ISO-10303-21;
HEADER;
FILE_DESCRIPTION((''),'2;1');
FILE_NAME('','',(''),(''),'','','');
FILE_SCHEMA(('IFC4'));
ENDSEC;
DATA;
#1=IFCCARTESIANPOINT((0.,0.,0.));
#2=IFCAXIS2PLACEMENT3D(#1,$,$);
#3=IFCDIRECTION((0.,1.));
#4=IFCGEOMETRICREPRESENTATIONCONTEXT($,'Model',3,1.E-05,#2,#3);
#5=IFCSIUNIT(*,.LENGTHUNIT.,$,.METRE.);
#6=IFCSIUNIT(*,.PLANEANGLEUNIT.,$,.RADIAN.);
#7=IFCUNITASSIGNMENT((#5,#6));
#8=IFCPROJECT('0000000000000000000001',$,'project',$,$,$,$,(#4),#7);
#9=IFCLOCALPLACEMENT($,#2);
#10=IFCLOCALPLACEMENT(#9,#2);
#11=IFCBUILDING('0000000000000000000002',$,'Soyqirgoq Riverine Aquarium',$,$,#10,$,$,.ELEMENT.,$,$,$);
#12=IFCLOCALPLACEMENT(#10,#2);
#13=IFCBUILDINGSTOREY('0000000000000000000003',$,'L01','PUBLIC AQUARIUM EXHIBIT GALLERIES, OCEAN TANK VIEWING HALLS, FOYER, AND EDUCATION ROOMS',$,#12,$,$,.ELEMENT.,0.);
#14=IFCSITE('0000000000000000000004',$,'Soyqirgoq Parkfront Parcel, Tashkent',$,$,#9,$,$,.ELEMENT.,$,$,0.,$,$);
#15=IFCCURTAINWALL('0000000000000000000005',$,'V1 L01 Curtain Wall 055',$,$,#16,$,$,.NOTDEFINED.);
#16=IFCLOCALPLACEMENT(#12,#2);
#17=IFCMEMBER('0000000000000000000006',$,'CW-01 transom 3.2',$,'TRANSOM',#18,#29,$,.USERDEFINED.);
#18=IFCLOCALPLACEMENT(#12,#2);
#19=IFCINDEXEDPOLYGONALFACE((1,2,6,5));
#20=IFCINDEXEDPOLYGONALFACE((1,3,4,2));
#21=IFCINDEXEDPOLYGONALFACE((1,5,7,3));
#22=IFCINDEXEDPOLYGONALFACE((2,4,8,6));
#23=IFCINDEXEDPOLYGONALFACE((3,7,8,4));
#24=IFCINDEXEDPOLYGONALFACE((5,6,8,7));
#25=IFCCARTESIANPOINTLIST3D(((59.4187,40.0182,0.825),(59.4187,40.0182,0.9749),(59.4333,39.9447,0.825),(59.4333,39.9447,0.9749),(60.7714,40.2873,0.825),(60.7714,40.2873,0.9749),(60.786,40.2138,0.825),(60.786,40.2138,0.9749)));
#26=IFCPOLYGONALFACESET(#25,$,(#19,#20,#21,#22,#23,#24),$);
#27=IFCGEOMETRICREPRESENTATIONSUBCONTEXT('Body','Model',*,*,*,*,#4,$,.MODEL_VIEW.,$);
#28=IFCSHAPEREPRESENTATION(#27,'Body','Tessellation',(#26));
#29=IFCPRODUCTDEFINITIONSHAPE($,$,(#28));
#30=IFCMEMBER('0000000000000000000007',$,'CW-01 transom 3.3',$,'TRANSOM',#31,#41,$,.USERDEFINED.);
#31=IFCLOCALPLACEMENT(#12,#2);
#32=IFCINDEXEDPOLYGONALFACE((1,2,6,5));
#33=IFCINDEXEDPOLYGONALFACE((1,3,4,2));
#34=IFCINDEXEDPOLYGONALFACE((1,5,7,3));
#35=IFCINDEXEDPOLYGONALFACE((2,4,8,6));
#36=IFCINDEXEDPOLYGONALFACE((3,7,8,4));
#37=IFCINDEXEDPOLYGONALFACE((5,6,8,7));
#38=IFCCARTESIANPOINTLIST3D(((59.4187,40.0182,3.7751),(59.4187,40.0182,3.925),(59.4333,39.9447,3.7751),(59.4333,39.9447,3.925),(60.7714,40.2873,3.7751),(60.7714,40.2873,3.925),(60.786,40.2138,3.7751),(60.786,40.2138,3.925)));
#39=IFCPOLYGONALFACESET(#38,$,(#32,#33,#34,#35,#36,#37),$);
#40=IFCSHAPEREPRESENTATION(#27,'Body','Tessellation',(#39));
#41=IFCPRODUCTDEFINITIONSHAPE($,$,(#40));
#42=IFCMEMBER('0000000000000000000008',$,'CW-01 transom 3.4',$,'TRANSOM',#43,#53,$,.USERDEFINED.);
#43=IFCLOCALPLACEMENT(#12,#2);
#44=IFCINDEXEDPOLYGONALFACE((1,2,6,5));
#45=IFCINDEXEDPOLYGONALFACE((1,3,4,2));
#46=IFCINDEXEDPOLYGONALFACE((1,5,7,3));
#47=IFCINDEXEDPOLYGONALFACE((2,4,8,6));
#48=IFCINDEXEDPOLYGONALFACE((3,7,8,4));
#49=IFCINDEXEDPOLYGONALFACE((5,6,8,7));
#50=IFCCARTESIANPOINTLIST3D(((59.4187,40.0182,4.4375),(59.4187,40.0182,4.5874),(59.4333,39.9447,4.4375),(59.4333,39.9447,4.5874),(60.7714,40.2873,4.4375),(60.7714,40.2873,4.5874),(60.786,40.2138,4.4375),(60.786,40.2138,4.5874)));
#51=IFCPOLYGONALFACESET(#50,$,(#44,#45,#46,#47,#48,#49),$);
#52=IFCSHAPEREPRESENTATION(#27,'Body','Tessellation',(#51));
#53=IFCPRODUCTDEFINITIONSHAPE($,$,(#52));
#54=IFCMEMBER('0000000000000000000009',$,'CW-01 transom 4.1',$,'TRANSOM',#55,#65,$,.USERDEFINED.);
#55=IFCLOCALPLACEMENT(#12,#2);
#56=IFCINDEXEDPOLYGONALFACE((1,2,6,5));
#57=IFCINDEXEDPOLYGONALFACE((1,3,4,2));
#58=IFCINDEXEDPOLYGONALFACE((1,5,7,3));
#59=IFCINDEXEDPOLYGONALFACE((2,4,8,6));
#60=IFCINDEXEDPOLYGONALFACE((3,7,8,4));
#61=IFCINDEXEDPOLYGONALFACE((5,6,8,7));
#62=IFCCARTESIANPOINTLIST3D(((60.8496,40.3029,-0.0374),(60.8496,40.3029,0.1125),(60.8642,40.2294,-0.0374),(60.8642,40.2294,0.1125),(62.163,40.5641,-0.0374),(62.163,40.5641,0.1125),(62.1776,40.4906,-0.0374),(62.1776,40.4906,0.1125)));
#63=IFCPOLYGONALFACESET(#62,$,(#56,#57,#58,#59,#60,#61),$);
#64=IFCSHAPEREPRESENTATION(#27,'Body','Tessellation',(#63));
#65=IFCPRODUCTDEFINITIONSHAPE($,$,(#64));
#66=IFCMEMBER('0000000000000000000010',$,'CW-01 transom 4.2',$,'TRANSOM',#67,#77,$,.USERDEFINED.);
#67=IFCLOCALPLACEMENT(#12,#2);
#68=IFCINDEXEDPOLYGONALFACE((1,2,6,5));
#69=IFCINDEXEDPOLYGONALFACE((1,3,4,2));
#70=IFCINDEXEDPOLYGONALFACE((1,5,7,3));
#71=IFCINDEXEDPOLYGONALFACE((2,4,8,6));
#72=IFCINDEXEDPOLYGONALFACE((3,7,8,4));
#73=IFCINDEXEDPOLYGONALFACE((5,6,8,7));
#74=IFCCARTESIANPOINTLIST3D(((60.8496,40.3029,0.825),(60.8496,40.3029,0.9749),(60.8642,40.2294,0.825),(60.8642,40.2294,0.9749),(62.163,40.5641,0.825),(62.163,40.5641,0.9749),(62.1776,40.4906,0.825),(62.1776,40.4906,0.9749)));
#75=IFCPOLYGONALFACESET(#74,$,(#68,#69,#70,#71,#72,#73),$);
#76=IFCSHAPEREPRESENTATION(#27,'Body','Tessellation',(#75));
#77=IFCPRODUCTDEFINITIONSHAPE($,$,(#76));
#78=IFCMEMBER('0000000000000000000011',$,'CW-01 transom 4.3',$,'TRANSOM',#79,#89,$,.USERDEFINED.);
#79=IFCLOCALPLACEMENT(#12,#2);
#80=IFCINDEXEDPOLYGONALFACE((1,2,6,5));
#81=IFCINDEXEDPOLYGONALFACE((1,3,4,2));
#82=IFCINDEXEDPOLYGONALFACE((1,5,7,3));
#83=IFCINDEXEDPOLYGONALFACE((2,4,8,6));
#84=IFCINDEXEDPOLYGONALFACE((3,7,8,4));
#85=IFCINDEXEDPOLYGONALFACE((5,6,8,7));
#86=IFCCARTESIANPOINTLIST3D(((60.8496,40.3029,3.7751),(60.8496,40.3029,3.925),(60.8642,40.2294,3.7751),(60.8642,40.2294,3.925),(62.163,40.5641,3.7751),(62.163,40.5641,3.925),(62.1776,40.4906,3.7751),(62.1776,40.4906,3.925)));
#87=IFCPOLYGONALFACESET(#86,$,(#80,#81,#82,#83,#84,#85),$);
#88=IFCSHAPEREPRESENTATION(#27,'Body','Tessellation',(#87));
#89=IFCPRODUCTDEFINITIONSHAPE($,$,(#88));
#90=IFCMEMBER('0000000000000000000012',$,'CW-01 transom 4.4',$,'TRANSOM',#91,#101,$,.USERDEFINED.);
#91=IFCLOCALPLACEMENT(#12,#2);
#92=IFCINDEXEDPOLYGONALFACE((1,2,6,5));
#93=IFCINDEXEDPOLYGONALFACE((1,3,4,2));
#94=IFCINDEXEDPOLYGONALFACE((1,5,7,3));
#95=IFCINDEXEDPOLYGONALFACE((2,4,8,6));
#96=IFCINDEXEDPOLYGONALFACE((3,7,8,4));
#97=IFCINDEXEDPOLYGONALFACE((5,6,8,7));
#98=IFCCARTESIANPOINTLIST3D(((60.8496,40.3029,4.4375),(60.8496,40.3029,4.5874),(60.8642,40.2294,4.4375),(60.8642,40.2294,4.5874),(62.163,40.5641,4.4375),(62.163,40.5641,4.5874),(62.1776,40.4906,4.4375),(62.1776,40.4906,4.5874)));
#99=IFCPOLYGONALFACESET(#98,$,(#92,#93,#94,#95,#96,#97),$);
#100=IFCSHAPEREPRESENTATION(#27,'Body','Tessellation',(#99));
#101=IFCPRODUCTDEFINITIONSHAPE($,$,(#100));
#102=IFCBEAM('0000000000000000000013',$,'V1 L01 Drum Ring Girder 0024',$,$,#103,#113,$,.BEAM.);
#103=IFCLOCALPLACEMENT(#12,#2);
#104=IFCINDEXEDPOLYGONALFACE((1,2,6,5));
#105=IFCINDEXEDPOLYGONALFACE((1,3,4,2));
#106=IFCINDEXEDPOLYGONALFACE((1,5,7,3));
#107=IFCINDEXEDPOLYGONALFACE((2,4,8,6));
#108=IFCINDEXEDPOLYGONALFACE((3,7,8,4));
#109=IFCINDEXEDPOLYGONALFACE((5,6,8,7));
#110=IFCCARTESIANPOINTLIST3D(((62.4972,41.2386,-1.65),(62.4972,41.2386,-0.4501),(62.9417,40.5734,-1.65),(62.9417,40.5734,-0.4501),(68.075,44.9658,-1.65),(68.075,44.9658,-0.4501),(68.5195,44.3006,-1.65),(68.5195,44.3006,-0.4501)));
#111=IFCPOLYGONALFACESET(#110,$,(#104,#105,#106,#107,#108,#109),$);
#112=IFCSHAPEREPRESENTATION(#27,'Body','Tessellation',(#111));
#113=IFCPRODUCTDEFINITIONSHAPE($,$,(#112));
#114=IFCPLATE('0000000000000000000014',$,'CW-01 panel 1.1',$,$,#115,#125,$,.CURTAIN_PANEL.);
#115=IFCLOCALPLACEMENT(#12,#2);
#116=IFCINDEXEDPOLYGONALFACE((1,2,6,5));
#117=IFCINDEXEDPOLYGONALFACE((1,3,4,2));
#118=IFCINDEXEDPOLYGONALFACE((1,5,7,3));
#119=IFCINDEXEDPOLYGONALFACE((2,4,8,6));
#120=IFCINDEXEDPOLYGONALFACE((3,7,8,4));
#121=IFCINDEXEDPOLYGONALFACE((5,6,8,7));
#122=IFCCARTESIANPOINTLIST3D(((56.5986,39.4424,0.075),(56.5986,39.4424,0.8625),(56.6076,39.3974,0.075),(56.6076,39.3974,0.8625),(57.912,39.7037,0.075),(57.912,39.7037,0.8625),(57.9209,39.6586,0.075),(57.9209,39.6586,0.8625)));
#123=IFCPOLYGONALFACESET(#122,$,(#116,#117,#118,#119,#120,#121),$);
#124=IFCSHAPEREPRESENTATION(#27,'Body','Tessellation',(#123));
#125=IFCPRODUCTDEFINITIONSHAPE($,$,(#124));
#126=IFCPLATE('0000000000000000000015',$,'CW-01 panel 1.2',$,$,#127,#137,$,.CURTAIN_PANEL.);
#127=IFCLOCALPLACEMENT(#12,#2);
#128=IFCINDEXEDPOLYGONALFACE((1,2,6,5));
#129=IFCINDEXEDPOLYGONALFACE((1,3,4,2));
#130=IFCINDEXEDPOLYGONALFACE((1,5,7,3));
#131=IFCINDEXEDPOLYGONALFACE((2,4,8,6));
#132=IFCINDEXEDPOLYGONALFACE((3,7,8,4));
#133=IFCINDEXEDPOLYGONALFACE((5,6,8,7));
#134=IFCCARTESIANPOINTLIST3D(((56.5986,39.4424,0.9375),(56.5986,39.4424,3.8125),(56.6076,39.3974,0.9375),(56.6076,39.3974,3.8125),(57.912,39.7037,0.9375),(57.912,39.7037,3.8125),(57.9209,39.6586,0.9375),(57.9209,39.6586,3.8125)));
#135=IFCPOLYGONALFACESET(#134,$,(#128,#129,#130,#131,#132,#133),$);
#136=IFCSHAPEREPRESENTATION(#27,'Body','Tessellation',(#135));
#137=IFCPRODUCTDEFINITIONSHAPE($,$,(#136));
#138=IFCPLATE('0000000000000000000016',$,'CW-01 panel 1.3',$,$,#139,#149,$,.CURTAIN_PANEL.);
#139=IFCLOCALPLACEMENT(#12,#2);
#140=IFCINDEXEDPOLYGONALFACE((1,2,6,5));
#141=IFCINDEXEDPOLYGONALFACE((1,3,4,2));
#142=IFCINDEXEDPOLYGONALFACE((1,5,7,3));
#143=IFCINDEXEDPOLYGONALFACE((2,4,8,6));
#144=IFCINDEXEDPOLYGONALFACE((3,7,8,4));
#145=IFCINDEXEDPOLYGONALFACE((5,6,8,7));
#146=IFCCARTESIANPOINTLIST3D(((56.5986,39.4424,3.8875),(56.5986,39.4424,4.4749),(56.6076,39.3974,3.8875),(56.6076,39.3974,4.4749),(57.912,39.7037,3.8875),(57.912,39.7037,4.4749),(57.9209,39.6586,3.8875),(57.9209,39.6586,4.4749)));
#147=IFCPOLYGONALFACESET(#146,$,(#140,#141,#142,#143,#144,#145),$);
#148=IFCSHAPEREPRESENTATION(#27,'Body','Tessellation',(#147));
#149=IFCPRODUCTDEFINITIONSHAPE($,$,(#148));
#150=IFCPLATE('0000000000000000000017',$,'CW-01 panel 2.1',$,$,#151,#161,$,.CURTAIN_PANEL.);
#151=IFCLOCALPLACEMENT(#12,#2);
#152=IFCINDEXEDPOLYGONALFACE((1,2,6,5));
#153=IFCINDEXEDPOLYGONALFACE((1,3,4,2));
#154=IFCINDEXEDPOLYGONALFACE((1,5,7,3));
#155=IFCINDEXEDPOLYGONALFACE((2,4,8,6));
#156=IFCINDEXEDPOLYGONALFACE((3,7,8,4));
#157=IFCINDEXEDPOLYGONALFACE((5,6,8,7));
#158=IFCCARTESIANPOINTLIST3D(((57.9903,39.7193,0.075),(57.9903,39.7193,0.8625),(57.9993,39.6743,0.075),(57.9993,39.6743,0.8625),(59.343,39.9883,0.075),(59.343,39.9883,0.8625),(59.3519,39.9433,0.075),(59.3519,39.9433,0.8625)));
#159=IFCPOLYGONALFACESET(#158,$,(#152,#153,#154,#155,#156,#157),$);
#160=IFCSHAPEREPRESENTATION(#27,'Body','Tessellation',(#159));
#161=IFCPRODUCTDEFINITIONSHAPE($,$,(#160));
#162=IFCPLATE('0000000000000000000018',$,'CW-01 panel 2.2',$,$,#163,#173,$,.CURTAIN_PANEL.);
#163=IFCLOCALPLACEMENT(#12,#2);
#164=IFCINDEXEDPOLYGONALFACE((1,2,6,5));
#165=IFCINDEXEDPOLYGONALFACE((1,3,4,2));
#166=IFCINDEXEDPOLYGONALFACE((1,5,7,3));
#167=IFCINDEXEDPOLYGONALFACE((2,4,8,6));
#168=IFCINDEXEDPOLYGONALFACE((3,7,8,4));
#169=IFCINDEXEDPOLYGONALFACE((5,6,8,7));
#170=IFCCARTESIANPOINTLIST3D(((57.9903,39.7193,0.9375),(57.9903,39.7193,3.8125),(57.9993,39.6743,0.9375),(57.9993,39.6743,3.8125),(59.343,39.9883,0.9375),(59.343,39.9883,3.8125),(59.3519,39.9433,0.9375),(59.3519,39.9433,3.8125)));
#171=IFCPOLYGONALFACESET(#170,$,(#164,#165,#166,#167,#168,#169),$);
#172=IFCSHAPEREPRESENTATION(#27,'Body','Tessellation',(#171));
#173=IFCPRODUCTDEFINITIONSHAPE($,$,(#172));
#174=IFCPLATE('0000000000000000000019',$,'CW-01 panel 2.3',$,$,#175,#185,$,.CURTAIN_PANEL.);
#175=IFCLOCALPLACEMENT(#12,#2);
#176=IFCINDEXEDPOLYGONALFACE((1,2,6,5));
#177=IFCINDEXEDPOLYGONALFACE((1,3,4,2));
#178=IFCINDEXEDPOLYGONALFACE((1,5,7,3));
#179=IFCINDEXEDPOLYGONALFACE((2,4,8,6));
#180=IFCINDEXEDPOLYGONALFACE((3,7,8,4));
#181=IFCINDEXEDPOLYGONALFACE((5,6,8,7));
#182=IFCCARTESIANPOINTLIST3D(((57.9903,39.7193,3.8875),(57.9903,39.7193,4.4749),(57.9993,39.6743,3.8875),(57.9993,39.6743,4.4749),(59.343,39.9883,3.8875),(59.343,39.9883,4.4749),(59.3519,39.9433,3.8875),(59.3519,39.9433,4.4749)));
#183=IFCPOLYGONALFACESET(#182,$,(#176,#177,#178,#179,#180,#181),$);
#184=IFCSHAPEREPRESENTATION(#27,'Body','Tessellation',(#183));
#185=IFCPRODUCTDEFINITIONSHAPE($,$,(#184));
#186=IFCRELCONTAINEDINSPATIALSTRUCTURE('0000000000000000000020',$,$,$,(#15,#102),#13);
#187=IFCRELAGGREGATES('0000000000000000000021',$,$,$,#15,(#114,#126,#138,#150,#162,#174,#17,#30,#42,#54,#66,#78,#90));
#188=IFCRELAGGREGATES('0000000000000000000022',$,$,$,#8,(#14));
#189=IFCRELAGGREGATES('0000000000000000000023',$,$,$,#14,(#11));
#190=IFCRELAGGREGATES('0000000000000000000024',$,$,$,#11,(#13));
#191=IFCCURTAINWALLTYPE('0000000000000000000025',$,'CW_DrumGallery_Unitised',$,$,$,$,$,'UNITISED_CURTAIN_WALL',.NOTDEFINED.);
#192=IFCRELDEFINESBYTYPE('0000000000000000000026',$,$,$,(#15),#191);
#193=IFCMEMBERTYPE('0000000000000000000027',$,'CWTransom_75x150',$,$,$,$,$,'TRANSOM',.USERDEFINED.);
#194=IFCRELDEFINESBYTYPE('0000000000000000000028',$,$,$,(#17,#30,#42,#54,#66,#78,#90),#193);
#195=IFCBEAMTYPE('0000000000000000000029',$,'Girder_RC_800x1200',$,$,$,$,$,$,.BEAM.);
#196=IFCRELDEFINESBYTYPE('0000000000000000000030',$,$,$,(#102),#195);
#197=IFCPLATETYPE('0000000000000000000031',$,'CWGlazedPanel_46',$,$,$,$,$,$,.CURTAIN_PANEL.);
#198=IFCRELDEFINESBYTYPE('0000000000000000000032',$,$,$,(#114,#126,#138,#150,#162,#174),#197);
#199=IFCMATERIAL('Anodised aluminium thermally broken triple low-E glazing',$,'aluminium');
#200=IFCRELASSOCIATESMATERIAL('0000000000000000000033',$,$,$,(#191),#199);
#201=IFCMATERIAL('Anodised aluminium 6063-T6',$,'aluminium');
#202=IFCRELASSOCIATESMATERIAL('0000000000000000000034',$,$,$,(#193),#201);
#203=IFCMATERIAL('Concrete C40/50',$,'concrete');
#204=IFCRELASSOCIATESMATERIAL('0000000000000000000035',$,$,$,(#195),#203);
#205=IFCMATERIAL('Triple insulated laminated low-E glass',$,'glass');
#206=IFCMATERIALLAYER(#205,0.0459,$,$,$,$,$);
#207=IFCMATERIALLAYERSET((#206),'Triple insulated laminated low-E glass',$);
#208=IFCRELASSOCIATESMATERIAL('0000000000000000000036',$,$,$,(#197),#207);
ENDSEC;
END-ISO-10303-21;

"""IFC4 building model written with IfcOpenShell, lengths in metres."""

from ifc_helpers import new_model, si_unit, direction, frame, origin, origin_2d, place, context, subcontext, project, spatial, rectangle, extrude, material, layer, layer_set, material_profile, profile_set, type_object, element, aggregate, save


model = new_model("IFC4")

# Units and contexts
model_context = context("Model", 3, precision=1e-05, world=origin(), true_north=direction((0.0, 1.0)))
body_context = subcontext(model_context, "Body", "Model", "MODEL_VIEW")
ifc_project = project(units=[si_unit("LENGTHUNIT", "METRE"), si_unit("PLANEANGLEUNIT", "RADIAN")], contexts=[model_context])

# Site, building, storey
site_placement = place(None, origin())
site = spatial("IfcSite", under=ifc_project, at=site_placement, Name="Soyqirgoq Parkfront Parcel, Tashkent", CompositionType="ELEMENT", RefElevation=0.0)
building_placement = place(site_placement, origin())
building = spatial("IfcBuilding", under=site, at=building_placement, Name="Soyqirgoq Riverine Aquarium", CompositionType="ELEMENT")
storey_placement = place(building_placement, origin())
storey = spatial("IfcBuildingStorey", under=building, at=storey_placement, Name="L01", Description="PUBLIC AQUARIUM EXHIBIT GALLERIES, OCEAN TANK VIEWING HALLS, FOYER, AND EDUCATION ROOMS", CompositionType="ELEMENT", Elevation=0.0)

# Curtain wall, members
ifc_material_1 = material(Name="Anodised aluminium thermally broken triple low-E glazing", Category="aluminium")
curtain_wall_type = type_object("IfcCurtainWallType", Name="CW_DrumGallery_Unitised", ElementType="UNITISED_CURTAIN_WALL", PredefinedType="NOTDEFINED", material=ifc_material_1)
curtain_wall_placement = place(storey_placement, origin())
curtain_wall = element("IfcCurtainWall", 1, at=curtain_wall_placement, inside=storey, type_object=curtain_wall_type, Name="V1 L01 Curtain Wall 055", PredefinedType="NOTDEFINED")
ifc_material_2 = material(Name="Anodised aluminium 6063-T6", Category="aluminium")
ifc_material_profile_1 = material_profile(ifc_material_2, rectangle(XDim=0.075, YDim=0.1499, at=origin_2d()), Name="ALU-T 75x150")
ifc_profile_set_1 = profile_set([ifc_material_profile_1], Name="Anodised aluminium 6063-T6")
member_type_1 = type_object("IfcMemberType", Name="CWTransom_75x150", ElementType="TRANSOM", PredefinedType="USERDEFINED", material=ifc_profile_set_1)
member_1_placement = place(storey_placement, frame((59.426, 39.9814, 0.8999), z_axis=(0.980784, 0.195095, 0.0), x_axis=(-0.195095, 0.980784, 0.0)))
member_1 = element("IfcMember", 2, at=member_1_placement, type_object=member_type_1, Name="CW-01 transom 3.2", ObjectType="TRANSOM", PredefinedType="USERDEFINED", context=body_context, shape_type="SweptSolid", body=[
    extrude(rectangle(XDim=0.075, YDim=0.1499, at=origin_2d()), origin(), (0.0, 0.0, 1.0), 1.3792),
])
member_2_placement = place(storey_placement, frame((59.426, 39.9814, 3.8501), z_axis=(0.980784, 0.195095, 0.0), x_axis=(-0.195095, 0.980784, 0.0)))
member_2 = element("IfcMember", 3, at=member_2_placement, type_object=member_type_1, Name="CW-01 transom 3.3", ObjectType="TRANSOM", PredefinedType="USERDEFINED", context=body_context, shape_type="SweptSolid", body=[
    extrude(rectangle(XDim=0.075, YDim=0.1499, at=origin_2d()), origin(), (0.0, 0.0, 1.0), 1.3792),
])
member_3_placement = place(storey_placement, frame((59.426, 39.9814, 4.5125), z_axis=(0.980784, 0.195095, 0.0), x_axis=(-0.195095, 0.980784, 0.0)))
member_3 = element("IfcMember", 4, at=member_3_placement, type_object=member_type_1, Name="CW-01 transom 3.4", ObjectType="TRANSOM", PredefinedType="USERDEFINED", context=body_context, shape_type="SweptSolid", body=[
    extrude(rectangle(XDim=0.075, YDim=0.1499, at=origin_2d()), origin(), (0.0, 0.0, 1.0), 1.3792),
])
member_4_placement = place(storey_placement, frame((60.8569, 40.2661, 0.0376), z_axis=(0.98079, 0.195064, 0.0), x_axis=(-0.195064, 0.98079, 0.0)))
member_4 = element("IfcMember", 5, at=member_4_placement, type_object=member_type_1, Name="CW-01 transom 4.1", ObjectType="TRANSOM", PredefinedType="USERDEFINED", context=body_context, shape_type="SweptSolid", body=[
    extrude(rectangle(XDim=0.075, YDim=0.1499, at=origin_2d()), origin(), (0.0, 0.0, 1.0), 1.3391),
])
member_5_placement = place(storey_placement, frame((60.8569, 40.2661, 0.8999), z_axis=(0.98079, 0.195064, 0.0), x_axis=(-0.195064, 0.98079, 0.0)))
member_5 = element("IfcMember", 6, at=member_5_placement, type_object=member_type_1, Name="CW-01 transom 4.2", ObjectType="TRANSOM", PredefinedType="USERDEFINED", context=body_context, shape_type="SweptSolid", body=[
    extrude(rectangle(XDim=0.075, YDim=0.1499, at=origin_2d()), origin(), (0.0, 0.0, 1.0), 1.3391),
])
member_6_placement = place(storey_placement, frame((60.8569, 40.2661, 3.8501), z_axis=(0.98079, 0.195064, 0.0), x_axis=(-0.195064, 0.98079, 0.0)))
member_6 = element("IfcMember", 7, at=member_6_placement, type_object=member_type_1, Name="CW-01 transom 4.3", ObjectType="TRANSOM", PredefinedType="USERDEFINED", context=body_context, shape_type="SweptSolid", body=[
    extrude(rectangle(XDim=0.075, YDim=0.1499, at=origin_2d()), origin(), (0.0, 0.0, 1.0), 1.3391),
])
member_7_placement = place(storey_placement, frame((60.8569, 40.2661, 4.5125), z_axis=(0.98079, 0.195064, 0.0), x_axis=(-0.195064, 0.98079, 0.0)))
member_7 = element("IfcMember", 8, at=member_7_placement, type_object=member_type_1, Name="CW-01 transom 4.4", ObjectType="TRANSOM", PredefinedType="USERDEFINED", context=body_context, shape_type="SweptSolid", body=[
    extrude(rectangle(XDim=0.075, YDim=0.1499, at=origin_2d()), origin(), (0.0, 0.0, 1.0), 1.3391),
])

# Beam
ifc_material_3 = material(Name="Concrete C40/50", Category="concrete")
ifc_material_profile_2 = material_profile(ifc_material_3, rectangle(XDim=0.8, YDim=1.2, at=origin_2d()), Name="RC 800x1200")
ifc_profile_set_2 = profile_set([ifc_material_profile_2], Name="Concrete C40/50")
beam_type = type_object("IfcBeamType", Name="Girder_RC_800x1200", PredefinedType="BEAM", material=ifc_profile_set_2)
beam_placement = place(storey_placement, frame((62.7195, 40.906, -1.05), z_axis=(0.831451, 0.555598, 0.0), x_axis=(-0.555598, 0.831451, 0.0)))
element("IfcBeam", 9, at=beam_placement, inside=storey, type_object=beam_type, Name="V1 L01 Drum Ring Girder 0024", PredefinedType="BEAM", context=body_context, shape_type="SweptSolid", body=[
    extrude(rectangle(XDim=0.8, YDim=1.2, at=origin_2d()), origin(), (0.0, 0.0, 1.0), 6.7085),
])

# Plates
ifc_material_4 = material(Name="Triple insulated laminated low-E glass", Category="glass")
ifc_layer_1 = layer(ifc_material_4, 0.0459)
ifc_layer_set_1 = layer_set([ifc_layer_1], Name="Triple insulated laminated low-E glass")
plate_type = type_object("IfcPlateType", Name="CWGlazedPanel_46", PredefinedType="CURTAIN_PANEL", material=ifc_layer_set_1)
plate_1_placement = place(storey_placement, frame((57.2598, 39.5505, 0.075), z_axis=(0.0, 0.0, 1.0), x_axis=(0.980788, 0.195075, 0.0)))
plate_1 = element("IfcPlate", 10, at=plate_1_placement, type_object=plate_type, Name="CW-01 panel 1.1", PredefinedType="CURTAIN_PANEL", context=body_context, shape_type="SweptSolid", body=[
    extrude(rectangle(XDim=1.3391, YDim=0.0459, at=origin_2d()), origin(), (0.0, 0.0, 1.0), 0.7876),
])
plate_2_placement = place(storey_placement, frame((57.2598, 39.5505, 0.9375), z_axis=(0.0, 0.0, 1.0), x_axis=(0.980788, 0.195075, 0.0)))
plate_2 = element("IfcPlate", 11, at=plate_2_placement, type_object=plate_type, Name="CW-01 panel 1.2", PredefinedType="CURTAIN_PANEL", context=body_context, shape_type="SweptSolid", body=[
    extrude(rectangle(XDim=1.3391, YDim=0.0459, at=origin_2d()), origin(), (0.0, 0.0, 1.0), 2.875),
])
plate_3_placement = place(storey_placement, frame((57.2598, 39.5505, 3.8875), z_axis=(0.0, 0.0, 1.0), x_axis=(0.980788, 0.195075, 0.0)))
plate_3 = element("IfcPlate", 12, at=plate_3_placement, type_object=plate_type, Name="CW-01 panel 1.3", PredefinedType="CURTAIN_PANEL", context=body_context, shape_type="SweptSolid", body=[
    extrude(rectangle(XDim=1.3391, YDim=0.0459, at=origin_2d()), origin(), (0.0, 0.0, 1.0), 0.5874),
])
plate_4_placement = place(storey_placement, frame((58.6711, 39.8313, 0.075), z_axis=(0.0, 0.0, 1.0), x_axis=(0.980788, 0.195075, 0.0)))
plate_4 = element("IfcPlate", 13, at=plate_4_placement, type_object=plate_type, Name="CW-01 panel 2.1", PredefinedType="CURTAIN_PANEL", context=body_context, shape_type="SweptSolid", body=[
    extrude(rectangle(XDim=1.3792, YDim=0.0459, at=origin_2d()), origin(), (0.0, 0.0, 1.0), 0.7876),
])
plate_5_placement = place(storey_placement, frame((58.6711, 39.8313, 0.9375), z_axis=(0.0, 0.0, 1.0), x_axis=(0.980788, 0.195075, 0.0)))
plate_5 = element("IfcPlate", 14, at=plate_5_placement, type_object=plate_type, Name="CW-01 panel 2.2", PredefinedType="CURTAIN_PANEL", context=body_context, shape_type="SweptSolid", body=[
    extrude(rectangle(XDim=1.3792, YDim=0.0459, at=origin_2d()), origin(), (0.0, 0.0, 1.0), 2.875),
])
plate_6_placement = place(storey_placement, frame((58.6711, 39.8313, 3.8875), z_axis=(0.0, 0.0, 1.0), x_axis=(0.980788, 0.195075, 0.0)))
plate_6 = element("IfcPlate", 15, at=plate_6_placement, type_object=plate_type, Name="CW-01 panel 2.3", PredefinedType="CURTAIN_PANEL", context=body_context, shape_type="SweptSolid", body=[
    extrude(rectangle(XDim=1.3792, YDim=0.0459, at=origin_2d()), origin(), (0.0, 0.0, 1.0), 0.5874),
])
aggregate(curtain_wall, [plate_1, plate_2, plate_3, plate_4, plate_5, plate_6, member_1, member_2, member_3, member_4, member_5, member_6, member_7])

save(model, "model.ifc")
